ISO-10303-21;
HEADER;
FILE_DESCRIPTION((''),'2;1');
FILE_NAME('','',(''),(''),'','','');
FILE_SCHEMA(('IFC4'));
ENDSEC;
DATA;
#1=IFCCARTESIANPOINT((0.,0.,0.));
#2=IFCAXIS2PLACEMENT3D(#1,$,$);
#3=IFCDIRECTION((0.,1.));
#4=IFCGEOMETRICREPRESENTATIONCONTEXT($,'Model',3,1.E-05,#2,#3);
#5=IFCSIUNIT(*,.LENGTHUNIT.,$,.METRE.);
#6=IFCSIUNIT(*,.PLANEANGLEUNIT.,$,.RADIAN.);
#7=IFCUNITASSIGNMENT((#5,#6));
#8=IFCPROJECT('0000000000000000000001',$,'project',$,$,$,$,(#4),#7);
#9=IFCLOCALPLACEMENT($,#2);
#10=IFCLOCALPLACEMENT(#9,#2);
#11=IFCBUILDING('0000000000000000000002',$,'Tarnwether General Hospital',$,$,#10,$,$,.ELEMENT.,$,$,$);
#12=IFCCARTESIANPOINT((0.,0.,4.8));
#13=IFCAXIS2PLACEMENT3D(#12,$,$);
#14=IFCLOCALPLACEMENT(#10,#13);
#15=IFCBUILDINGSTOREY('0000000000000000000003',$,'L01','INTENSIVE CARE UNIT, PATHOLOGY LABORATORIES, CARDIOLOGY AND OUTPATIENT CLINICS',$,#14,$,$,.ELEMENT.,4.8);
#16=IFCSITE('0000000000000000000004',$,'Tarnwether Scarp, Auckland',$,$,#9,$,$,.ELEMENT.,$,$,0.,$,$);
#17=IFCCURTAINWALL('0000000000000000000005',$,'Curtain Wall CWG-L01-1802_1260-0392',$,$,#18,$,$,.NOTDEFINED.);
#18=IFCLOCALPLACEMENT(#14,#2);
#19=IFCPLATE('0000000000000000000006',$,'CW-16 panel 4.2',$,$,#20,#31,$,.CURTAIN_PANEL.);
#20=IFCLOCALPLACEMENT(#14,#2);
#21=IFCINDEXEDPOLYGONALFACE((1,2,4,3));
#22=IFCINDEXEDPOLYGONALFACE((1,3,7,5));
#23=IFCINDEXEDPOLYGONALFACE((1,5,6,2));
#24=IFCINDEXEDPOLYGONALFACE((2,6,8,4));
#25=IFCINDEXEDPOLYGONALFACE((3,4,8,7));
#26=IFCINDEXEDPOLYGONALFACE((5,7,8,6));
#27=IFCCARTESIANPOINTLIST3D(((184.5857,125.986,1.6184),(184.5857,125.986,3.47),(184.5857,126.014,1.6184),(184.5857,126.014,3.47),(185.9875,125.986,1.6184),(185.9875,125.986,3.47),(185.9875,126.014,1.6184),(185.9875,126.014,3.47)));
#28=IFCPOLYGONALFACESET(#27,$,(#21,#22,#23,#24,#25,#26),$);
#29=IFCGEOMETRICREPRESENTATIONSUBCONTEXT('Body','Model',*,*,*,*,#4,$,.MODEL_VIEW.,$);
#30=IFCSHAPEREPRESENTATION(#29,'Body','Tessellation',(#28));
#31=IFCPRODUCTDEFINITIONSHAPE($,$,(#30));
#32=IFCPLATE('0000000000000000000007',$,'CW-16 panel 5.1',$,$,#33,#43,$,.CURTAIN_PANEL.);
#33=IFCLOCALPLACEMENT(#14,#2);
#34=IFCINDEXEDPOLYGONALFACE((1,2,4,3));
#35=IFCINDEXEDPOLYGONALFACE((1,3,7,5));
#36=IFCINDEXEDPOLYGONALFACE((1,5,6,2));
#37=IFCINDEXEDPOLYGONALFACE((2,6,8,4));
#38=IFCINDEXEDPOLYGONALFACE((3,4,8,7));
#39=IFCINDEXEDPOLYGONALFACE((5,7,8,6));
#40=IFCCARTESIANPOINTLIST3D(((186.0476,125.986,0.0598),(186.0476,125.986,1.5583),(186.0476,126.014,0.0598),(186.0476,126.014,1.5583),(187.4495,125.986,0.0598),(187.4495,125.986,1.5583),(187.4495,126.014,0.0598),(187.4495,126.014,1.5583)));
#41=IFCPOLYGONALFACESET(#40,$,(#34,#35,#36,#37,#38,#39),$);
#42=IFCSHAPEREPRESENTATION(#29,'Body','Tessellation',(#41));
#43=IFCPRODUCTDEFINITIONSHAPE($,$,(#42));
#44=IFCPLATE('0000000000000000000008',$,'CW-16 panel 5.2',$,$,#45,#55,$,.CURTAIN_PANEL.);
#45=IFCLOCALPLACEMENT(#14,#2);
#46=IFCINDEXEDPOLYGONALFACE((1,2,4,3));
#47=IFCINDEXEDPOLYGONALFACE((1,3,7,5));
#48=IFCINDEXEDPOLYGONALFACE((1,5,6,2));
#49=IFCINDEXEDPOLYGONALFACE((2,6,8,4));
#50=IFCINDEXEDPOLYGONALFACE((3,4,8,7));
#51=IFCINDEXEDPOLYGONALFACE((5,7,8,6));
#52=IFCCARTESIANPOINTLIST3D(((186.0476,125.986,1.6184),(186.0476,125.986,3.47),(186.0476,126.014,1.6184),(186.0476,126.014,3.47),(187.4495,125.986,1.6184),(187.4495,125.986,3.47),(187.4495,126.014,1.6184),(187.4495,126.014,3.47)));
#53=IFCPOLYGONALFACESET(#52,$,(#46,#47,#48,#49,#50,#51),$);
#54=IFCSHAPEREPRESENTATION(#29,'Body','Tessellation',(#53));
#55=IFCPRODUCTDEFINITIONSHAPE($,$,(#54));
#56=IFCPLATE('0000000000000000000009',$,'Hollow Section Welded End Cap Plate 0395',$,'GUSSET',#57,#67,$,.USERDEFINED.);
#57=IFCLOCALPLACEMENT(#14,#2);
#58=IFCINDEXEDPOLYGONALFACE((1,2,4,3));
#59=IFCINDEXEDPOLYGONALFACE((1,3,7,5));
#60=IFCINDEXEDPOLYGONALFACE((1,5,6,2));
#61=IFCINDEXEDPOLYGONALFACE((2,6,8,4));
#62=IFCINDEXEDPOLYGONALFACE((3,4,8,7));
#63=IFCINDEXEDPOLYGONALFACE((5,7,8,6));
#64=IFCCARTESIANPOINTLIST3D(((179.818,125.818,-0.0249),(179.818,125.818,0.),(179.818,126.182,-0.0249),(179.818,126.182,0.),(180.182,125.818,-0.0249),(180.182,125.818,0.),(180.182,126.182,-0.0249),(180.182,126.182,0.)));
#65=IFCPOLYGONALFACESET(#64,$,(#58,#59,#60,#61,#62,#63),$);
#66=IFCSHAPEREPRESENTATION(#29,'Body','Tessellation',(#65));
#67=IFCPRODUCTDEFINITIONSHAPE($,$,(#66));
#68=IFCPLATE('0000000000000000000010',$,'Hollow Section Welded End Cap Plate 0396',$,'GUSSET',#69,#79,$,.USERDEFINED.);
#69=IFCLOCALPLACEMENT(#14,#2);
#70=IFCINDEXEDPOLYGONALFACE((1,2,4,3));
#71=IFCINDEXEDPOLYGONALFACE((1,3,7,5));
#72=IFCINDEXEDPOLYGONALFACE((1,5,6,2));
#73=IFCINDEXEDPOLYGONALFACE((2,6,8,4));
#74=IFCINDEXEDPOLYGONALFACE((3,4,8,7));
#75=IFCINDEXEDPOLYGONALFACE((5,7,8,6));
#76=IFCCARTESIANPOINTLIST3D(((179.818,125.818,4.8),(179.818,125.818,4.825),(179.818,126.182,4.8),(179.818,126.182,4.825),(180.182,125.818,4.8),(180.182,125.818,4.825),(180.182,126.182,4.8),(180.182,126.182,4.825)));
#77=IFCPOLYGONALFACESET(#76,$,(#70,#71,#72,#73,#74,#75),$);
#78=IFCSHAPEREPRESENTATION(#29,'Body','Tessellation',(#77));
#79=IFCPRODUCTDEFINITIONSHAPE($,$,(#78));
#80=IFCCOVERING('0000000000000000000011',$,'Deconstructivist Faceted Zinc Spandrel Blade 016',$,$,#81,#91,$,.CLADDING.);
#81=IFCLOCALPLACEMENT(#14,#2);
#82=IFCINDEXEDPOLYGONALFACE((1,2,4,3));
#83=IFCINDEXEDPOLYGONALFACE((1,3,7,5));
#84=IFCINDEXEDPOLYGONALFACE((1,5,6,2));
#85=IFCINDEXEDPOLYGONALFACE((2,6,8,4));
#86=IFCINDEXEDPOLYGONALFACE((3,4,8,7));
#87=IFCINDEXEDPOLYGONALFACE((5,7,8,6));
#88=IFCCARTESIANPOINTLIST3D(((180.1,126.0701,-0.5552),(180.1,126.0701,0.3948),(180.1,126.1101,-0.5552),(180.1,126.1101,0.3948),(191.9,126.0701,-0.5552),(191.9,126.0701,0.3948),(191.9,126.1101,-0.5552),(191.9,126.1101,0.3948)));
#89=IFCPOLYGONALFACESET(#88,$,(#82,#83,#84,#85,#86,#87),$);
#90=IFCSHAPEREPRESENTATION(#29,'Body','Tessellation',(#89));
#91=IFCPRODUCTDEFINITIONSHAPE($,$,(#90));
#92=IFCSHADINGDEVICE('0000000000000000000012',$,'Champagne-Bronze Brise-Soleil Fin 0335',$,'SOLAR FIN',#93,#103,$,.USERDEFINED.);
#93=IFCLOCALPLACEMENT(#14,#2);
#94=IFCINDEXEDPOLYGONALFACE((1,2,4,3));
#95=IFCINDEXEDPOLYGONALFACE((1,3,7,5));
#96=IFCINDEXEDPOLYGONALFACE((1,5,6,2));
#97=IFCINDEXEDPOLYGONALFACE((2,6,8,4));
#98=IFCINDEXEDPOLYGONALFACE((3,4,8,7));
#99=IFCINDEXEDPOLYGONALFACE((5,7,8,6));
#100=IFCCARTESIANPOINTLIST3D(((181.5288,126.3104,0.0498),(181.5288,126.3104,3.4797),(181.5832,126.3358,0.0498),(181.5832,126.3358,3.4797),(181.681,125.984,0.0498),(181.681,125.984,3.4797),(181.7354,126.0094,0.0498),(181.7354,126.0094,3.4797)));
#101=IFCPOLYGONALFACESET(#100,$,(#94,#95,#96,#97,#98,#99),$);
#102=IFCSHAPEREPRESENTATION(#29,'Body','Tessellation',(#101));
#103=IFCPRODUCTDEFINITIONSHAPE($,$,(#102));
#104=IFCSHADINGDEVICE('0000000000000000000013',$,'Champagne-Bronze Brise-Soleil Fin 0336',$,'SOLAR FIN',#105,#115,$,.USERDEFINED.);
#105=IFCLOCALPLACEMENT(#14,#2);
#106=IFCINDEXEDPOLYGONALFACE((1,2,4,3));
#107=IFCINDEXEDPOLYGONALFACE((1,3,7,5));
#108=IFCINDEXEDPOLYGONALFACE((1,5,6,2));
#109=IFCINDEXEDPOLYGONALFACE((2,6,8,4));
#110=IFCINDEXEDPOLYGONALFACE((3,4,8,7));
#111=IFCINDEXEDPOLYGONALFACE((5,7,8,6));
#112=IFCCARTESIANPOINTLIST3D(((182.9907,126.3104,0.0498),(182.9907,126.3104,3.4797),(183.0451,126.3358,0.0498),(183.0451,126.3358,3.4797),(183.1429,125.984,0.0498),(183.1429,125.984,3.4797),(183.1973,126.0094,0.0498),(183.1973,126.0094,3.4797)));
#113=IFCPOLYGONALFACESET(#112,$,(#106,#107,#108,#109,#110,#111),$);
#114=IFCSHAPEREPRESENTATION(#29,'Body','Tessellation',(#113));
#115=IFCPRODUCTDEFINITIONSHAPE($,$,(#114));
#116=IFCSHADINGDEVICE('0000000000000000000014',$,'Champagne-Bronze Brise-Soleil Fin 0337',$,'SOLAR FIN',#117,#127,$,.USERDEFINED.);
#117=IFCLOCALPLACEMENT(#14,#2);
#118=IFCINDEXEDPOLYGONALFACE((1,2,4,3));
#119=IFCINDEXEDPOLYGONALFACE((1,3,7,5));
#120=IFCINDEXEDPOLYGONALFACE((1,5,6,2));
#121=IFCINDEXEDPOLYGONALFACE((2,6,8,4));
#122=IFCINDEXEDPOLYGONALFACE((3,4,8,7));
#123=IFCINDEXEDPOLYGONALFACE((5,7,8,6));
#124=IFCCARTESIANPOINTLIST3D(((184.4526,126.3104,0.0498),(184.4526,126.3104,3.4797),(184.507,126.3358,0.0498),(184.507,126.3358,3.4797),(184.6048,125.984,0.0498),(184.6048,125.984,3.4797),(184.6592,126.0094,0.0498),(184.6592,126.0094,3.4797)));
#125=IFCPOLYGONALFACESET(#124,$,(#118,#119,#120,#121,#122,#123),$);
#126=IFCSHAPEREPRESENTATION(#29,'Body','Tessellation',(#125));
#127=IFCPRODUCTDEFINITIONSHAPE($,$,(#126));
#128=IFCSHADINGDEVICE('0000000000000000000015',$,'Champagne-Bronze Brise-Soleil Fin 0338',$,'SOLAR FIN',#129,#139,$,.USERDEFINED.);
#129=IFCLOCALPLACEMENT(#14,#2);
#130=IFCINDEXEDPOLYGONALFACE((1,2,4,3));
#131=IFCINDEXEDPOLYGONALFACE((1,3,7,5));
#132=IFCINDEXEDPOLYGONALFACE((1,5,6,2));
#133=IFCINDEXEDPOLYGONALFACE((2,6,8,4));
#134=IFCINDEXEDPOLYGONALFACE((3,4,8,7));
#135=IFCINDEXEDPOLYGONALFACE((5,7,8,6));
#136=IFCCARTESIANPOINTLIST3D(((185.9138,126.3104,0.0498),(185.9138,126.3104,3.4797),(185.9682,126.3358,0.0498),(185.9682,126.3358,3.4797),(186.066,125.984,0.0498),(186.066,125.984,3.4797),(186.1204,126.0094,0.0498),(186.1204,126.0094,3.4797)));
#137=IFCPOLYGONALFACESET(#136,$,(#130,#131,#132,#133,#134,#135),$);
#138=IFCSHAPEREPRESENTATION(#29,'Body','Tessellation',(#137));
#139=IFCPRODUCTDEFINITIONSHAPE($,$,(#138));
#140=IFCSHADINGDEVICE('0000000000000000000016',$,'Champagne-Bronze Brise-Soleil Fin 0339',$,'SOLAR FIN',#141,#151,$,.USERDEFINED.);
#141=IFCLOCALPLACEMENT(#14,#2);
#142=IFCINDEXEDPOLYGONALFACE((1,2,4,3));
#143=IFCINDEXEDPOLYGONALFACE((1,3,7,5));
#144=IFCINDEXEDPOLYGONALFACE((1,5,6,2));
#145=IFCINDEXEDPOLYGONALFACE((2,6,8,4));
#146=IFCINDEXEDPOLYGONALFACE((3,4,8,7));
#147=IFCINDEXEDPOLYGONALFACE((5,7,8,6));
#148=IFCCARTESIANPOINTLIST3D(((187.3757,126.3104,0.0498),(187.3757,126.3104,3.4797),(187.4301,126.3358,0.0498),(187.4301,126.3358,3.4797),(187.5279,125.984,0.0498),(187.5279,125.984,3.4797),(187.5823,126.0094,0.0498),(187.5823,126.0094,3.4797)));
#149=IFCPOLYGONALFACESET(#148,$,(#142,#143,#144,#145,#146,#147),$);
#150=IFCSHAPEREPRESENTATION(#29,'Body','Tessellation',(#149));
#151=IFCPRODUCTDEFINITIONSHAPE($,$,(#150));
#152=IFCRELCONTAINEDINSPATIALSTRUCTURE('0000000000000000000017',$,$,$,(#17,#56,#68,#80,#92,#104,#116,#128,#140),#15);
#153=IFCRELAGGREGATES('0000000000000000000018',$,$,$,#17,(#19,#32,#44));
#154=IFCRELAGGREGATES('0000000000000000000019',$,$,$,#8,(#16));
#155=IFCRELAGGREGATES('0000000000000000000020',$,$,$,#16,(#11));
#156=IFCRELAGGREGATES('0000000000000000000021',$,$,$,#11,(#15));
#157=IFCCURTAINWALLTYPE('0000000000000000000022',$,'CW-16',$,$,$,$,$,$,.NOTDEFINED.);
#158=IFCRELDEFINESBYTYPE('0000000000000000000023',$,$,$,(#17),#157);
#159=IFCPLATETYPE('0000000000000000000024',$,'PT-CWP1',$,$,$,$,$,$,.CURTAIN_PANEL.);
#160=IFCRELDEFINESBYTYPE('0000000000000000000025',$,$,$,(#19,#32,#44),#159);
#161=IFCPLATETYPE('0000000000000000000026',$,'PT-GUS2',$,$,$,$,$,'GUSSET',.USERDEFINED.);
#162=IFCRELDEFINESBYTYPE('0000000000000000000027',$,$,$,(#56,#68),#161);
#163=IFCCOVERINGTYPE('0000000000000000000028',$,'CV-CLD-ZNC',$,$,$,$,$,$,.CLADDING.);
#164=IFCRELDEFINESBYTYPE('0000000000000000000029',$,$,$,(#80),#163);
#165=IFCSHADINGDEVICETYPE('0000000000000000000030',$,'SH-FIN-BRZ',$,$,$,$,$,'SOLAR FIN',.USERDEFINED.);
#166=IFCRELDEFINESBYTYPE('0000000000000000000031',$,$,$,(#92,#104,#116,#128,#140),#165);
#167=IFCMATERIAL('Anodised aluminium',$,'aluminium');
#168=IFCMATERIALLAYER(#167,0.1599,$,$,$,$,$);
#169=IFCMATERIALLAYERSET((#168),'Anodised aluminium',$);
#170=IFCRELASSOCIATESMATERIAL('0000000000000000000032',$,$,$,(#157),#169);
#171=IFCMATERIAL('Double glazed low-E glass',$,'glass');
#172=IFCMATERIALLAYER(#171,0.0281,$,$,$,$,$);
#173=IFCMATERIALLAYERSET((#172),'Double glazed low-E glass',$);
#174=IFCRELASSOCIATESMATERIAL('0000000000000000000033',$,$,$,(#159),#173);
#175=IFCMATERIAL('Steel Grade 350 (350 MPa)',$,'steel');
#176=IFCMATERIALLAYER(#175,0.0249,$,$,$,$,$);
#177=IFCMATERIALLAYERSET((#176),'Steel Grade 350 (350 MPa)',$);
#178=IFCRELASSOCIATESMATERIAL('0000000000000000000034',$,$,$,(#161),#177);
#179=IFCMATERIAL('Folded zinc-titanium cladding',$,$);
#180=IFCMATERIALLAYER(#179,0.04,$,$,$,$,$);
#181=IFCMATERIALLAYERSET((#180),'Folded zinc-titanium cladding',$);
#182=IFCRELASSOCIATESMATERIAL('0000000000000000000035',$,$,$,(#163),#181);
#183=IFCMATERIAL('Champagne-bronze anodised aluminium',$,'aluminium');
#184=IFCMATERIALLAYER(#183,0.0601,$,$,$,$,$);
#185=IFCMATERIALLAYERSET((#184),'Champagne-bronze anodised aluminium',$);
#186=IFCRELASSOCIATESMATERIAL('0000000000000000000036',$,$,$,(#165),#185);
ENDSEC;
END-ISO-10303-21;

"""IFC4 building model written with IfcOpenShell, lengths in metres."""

from ifc_helpers import new_model, si_unit, direction, frame, origin, origin_2d, place, context, subcontext, project, spatial, rectangle, extrude, material, layer, layer_set, type_object, element, aggregate, save


model = new_model("IFC4")

# Units and contexts
model_context = context("Model", 3, precision=1e-05, world=origin(), true_north=direction((0.0, 1.0)))
body_context = subcontext(model_context, "Body", "Model", "MODEL_VIEW")
ifc_project = project(units=[si_unit("LENGTHUNIT", "METRE"), si_unit("PLANEANGLEUNIT", "RADIAN")], contexts=[model_context])

# Site, building, storey
site_placement = place(None, origin())
site = spatial("IfcSite", under=ifc_project, at=site_placement, Name="Tarnwether Scarp, Auckland", CompositionType="ELEMENT", RefElevation=0.0)
building_placement = place(site_placement, origin())
building = spatial("IfcBuilding", under=site, at=building_placement, Name="Tarnwether General Hospital", CompositionType="ELEMENT")
storey_placement = place(building_placement, frame((0.0, 0.0, 4.8)))
storey = spatial("IfcBuildingStorey", under=building, at=storey_placement, Name="L01", Description="INTENSIVE CARE UNIT, PATHOLOGY LABORATORIES, CARDIOLOGY AND OUTPATIENT CLINICS", CompositionType="ELEMENT", Elevation=4.8)

# Curtain wall, plates
ifc_material_1 = material(Name="Anodised aluminium", Category="aluminium")
ifc_layer_1 = layer(ifc_material_1, 0.1599)
ifc_layer_set_1 = layer_set([ifc_layer_1], Name="Anodised aluminium")
curtain_wall_type = type_object("IfcCurtainWallType", Name="CW-16", PredefinedType="NOTDEFINED", material=ifc_layer_set_1)
curtain_wall_placement = place(storey_placement, origin())
curtain_wall = element("IfcCurtainWall", 1, at=curtain_wall_placement, inside=storey, type_object=curtain_wall_type, Name="Curtain Wall CWG-L01-1802_1260-0392", PredefinedType="NOTDEFINED")
ifc_material_2 = material(Name="Double glazed low-E glass", Category="glass")
ifc_layer_2 = layer(ifc_material_2, 0.0281)
ifc_layer_set_2 = layer_set([ifc_layer_2], Name="Double glazed low-E glass")
plate_type_1 = type_object("IfcPlateType", Name="PT-CWP1", PredefinedType="CURTAIN_PANEL", material=ifc_layer_set_2)
plate_1_placement = place(storey_placement, frame((185.2866, 126.0, 1.6184), z_axis=(0.0, 0.0, 1.0), x_axis=(1.0, 0.0, 0.0)))
plate_1 = element("IfcPlate", 2, at=plate_1_placement, type_object=plate_type_1, Name="CW-16 panel 4.2", PredefinedType="CURTAIN_PANEL", context=body_context, shape_type="SweptSolid", body=[
    extrude(rectangle(XDim=1.4019, YDim=0.0281, at=origin_2d()), origin(), (0.0, 0.0, 1.0), 1.8516),
])
plate_2_placement = place(storey_placement, frame((186.7485, 126.0, 0.0598), z_axis=(0.0, 0.0, 1.0), x_axis=(1.0, 0.0, 0.0)))
plate_2 = element("IfcPlate", 3, at=plate_2_placement, type_object=plate_type_1, Name="CW-16 panel 5.1", PredefinedType="CURTAIN_PANEL", context=body_context, shape_type="SweptSolid", body=[
    extrude(rectangle(XDim=1.4019, YDim=0.0281, at=origin_2d()), origin(), (0.0, 0.0, 1.0), 1.4985),
])
plate_3_placement = place(storey_placement, frame((186.7485, 126.0, 1.6184), z_axis=(0.0, 0.0, 1.0), x_axis=(1.0, 0.0, 0.0)))
plate_3 = element("IfcPlate", 4, at=plate_3_placement, type_object=plate_type_1, Name="CW-16 panel 5.2", PredefinedType="CURTAIN_PANEL", context=body_context, shape_type="SweptSolid", body=[
    extrude(rectangle(XDim=1.4019, YDim=0.0281, at=origin_2d()), origin(), (0.0, 0.0, 1.0), 1.8516),
])
aggregate(curtain_wall, [plate_1, plate_2, plate_3])

# Plates
ifc_material_3 = material(Name="Steel Grade 350 (350 MPa)", Category="steel")
ifc_layer_3 = layer(ifc_material_3, 0.0249)
ifc_layer_set_3 = layer_set([ifc_layer_3], Name="Steel Grade 350 (350 MPa)")
plate_type_2 = type_object("IfcPlateType", Name="PT-GUS2", ElementType="GUSSET", PredefinedType="USERDEFINED", material=ifc_layer_set_3)
for number, where, z_axis, x_axis, name in (
    (5, (180.0, 126.0, -0.0249), (0.0, 0.0, 1.0), (1.0, 0.0, 0.0), "Hollow Section Welded End Cap Plate 0395"),
    (6, (180.0, 126.0, 4.8), (0.0, 0.0, 1.0), (1.0, 0.0, 0.0), "Hollow Section Welded End Cap Plate 0396"),
):
    element("IfcPlate", number, at=place(storey_placement, frame(where, z_axis=z_axis, x_axis=x_axis)), inside=storey, type_object=plate_type_2, Name=name, ObjectType="GUSSET", PredefinedType="USERDEFINED", context=body_context, shape_type="SweptSolid", body=[
        extrude(rectangle(XDim=0.364, YDim=0.364, at=origin_2d()), origin(), (0.0, 0.0, 1.0), 0.0249),
    ])

# Covering
ifc_material_4 = material(Name="Folded zinc-titanium cladding")
ifc_layer_4 = layer(ifc_material_4, 0.04)
ifc_layer_set_4 = layer_set([ifc_layer_4], Name="Folded zinc-titanium cladding")
covering_type = type_object("IfcCoveringType", Name="CV-CLD-ZNC", PredefinedType="CLADDING", material=ifc_layer_set_4)
covering_placement = place(storey_placement, frame((186.0, 126.0901, -0.5552), z_axis=(0.0, 0.0, 1.0), x_axis=(1.0, 0.0, 0.0)))
element("IfcCovering", 7, at=covering_placement, inside=storey, type_object=covering_type, Name="Deconstructivist Faceted Zinc Spandrel Blade 016", PredefinedType="CLADDING", context=body_context, shape_type="SweptSolid", body=[
    extrude(rectangle(XDim=11.8, YDim=0.04, at=origin_2d()), origin(), (0.0, 0.0, 1.0), 0.95),
])

# Shading devices
ifc_material_5 = material(Name="Champagne-bronze anodised aluminium", Category="aluminium")
ifc_layer_5 = layer(ifc_material_5, 0.0601)
ifc_layer_set_5 = layer_set([ifc_layer_5], Name="Champagne-bronze anodised aluminium")
shading_device_type = type_object("IfcShadingDeviceType", Name="SH-FIN-BRZ", ElementType="SOLAR FIN", PredefinedType="USERDEFINED", material=ifc_layer_set_5)
for number, where, z_axis, x_axis, name in (
    (8, (181.6321, 126.1599, 0.0498), (0.0, 0.0, 1.0), (0.906308, 0.422618, 0.0), "Champagne-Bronze Brise-Soleil Fin 0335"),
    (9, (183.094, 126.1599, 0.0498), (0.0, 0.0, 1.0), (0.906308, 0.422618, 0.0), "Champagne-Bronze Brise-Soleil Fin 0336"),
    (10, (184.5559, 126.1599, 0.0498), (0.0, 0.0, 1.0), (0.906308, 0.422618, 0.0), "Champagne-Bronze Brise-Soleil Fin 0337"),
    (11, (186.0171, 126.1599, 0.0498), (0.0, 0.0, 1.0), (0.906308, 0.422618, 0.0), "Champagne-Bronze Brise-Soleil Fin 0338"),
    (12, (187.479, 126.1599, 0.0498), (0.0, 0.0, 1.0), (0.906308, 0.422618, 0.0), "Champagne-Bronze Brise-Soleil Fin 0339"),
):
    element("IfcShadingDevice", number, at=place(storey_placement, frame(where, z_axis=z_axis, x_axis=x_axis)), inside=storey, type_object=shading_device_type, Name=name, ObjectType="SOLAR FIN", PredefinedType="USERDEFINED", context=body_context, shape_type="SweptSolid", body=[
        extrude(rectangle(XDim=0.0601, YDim=0.3601, at=origin_2d()), origin(), (0.0, 0.0, 1.0), 3.4299),
    ])

save(model, "model.ifc")
